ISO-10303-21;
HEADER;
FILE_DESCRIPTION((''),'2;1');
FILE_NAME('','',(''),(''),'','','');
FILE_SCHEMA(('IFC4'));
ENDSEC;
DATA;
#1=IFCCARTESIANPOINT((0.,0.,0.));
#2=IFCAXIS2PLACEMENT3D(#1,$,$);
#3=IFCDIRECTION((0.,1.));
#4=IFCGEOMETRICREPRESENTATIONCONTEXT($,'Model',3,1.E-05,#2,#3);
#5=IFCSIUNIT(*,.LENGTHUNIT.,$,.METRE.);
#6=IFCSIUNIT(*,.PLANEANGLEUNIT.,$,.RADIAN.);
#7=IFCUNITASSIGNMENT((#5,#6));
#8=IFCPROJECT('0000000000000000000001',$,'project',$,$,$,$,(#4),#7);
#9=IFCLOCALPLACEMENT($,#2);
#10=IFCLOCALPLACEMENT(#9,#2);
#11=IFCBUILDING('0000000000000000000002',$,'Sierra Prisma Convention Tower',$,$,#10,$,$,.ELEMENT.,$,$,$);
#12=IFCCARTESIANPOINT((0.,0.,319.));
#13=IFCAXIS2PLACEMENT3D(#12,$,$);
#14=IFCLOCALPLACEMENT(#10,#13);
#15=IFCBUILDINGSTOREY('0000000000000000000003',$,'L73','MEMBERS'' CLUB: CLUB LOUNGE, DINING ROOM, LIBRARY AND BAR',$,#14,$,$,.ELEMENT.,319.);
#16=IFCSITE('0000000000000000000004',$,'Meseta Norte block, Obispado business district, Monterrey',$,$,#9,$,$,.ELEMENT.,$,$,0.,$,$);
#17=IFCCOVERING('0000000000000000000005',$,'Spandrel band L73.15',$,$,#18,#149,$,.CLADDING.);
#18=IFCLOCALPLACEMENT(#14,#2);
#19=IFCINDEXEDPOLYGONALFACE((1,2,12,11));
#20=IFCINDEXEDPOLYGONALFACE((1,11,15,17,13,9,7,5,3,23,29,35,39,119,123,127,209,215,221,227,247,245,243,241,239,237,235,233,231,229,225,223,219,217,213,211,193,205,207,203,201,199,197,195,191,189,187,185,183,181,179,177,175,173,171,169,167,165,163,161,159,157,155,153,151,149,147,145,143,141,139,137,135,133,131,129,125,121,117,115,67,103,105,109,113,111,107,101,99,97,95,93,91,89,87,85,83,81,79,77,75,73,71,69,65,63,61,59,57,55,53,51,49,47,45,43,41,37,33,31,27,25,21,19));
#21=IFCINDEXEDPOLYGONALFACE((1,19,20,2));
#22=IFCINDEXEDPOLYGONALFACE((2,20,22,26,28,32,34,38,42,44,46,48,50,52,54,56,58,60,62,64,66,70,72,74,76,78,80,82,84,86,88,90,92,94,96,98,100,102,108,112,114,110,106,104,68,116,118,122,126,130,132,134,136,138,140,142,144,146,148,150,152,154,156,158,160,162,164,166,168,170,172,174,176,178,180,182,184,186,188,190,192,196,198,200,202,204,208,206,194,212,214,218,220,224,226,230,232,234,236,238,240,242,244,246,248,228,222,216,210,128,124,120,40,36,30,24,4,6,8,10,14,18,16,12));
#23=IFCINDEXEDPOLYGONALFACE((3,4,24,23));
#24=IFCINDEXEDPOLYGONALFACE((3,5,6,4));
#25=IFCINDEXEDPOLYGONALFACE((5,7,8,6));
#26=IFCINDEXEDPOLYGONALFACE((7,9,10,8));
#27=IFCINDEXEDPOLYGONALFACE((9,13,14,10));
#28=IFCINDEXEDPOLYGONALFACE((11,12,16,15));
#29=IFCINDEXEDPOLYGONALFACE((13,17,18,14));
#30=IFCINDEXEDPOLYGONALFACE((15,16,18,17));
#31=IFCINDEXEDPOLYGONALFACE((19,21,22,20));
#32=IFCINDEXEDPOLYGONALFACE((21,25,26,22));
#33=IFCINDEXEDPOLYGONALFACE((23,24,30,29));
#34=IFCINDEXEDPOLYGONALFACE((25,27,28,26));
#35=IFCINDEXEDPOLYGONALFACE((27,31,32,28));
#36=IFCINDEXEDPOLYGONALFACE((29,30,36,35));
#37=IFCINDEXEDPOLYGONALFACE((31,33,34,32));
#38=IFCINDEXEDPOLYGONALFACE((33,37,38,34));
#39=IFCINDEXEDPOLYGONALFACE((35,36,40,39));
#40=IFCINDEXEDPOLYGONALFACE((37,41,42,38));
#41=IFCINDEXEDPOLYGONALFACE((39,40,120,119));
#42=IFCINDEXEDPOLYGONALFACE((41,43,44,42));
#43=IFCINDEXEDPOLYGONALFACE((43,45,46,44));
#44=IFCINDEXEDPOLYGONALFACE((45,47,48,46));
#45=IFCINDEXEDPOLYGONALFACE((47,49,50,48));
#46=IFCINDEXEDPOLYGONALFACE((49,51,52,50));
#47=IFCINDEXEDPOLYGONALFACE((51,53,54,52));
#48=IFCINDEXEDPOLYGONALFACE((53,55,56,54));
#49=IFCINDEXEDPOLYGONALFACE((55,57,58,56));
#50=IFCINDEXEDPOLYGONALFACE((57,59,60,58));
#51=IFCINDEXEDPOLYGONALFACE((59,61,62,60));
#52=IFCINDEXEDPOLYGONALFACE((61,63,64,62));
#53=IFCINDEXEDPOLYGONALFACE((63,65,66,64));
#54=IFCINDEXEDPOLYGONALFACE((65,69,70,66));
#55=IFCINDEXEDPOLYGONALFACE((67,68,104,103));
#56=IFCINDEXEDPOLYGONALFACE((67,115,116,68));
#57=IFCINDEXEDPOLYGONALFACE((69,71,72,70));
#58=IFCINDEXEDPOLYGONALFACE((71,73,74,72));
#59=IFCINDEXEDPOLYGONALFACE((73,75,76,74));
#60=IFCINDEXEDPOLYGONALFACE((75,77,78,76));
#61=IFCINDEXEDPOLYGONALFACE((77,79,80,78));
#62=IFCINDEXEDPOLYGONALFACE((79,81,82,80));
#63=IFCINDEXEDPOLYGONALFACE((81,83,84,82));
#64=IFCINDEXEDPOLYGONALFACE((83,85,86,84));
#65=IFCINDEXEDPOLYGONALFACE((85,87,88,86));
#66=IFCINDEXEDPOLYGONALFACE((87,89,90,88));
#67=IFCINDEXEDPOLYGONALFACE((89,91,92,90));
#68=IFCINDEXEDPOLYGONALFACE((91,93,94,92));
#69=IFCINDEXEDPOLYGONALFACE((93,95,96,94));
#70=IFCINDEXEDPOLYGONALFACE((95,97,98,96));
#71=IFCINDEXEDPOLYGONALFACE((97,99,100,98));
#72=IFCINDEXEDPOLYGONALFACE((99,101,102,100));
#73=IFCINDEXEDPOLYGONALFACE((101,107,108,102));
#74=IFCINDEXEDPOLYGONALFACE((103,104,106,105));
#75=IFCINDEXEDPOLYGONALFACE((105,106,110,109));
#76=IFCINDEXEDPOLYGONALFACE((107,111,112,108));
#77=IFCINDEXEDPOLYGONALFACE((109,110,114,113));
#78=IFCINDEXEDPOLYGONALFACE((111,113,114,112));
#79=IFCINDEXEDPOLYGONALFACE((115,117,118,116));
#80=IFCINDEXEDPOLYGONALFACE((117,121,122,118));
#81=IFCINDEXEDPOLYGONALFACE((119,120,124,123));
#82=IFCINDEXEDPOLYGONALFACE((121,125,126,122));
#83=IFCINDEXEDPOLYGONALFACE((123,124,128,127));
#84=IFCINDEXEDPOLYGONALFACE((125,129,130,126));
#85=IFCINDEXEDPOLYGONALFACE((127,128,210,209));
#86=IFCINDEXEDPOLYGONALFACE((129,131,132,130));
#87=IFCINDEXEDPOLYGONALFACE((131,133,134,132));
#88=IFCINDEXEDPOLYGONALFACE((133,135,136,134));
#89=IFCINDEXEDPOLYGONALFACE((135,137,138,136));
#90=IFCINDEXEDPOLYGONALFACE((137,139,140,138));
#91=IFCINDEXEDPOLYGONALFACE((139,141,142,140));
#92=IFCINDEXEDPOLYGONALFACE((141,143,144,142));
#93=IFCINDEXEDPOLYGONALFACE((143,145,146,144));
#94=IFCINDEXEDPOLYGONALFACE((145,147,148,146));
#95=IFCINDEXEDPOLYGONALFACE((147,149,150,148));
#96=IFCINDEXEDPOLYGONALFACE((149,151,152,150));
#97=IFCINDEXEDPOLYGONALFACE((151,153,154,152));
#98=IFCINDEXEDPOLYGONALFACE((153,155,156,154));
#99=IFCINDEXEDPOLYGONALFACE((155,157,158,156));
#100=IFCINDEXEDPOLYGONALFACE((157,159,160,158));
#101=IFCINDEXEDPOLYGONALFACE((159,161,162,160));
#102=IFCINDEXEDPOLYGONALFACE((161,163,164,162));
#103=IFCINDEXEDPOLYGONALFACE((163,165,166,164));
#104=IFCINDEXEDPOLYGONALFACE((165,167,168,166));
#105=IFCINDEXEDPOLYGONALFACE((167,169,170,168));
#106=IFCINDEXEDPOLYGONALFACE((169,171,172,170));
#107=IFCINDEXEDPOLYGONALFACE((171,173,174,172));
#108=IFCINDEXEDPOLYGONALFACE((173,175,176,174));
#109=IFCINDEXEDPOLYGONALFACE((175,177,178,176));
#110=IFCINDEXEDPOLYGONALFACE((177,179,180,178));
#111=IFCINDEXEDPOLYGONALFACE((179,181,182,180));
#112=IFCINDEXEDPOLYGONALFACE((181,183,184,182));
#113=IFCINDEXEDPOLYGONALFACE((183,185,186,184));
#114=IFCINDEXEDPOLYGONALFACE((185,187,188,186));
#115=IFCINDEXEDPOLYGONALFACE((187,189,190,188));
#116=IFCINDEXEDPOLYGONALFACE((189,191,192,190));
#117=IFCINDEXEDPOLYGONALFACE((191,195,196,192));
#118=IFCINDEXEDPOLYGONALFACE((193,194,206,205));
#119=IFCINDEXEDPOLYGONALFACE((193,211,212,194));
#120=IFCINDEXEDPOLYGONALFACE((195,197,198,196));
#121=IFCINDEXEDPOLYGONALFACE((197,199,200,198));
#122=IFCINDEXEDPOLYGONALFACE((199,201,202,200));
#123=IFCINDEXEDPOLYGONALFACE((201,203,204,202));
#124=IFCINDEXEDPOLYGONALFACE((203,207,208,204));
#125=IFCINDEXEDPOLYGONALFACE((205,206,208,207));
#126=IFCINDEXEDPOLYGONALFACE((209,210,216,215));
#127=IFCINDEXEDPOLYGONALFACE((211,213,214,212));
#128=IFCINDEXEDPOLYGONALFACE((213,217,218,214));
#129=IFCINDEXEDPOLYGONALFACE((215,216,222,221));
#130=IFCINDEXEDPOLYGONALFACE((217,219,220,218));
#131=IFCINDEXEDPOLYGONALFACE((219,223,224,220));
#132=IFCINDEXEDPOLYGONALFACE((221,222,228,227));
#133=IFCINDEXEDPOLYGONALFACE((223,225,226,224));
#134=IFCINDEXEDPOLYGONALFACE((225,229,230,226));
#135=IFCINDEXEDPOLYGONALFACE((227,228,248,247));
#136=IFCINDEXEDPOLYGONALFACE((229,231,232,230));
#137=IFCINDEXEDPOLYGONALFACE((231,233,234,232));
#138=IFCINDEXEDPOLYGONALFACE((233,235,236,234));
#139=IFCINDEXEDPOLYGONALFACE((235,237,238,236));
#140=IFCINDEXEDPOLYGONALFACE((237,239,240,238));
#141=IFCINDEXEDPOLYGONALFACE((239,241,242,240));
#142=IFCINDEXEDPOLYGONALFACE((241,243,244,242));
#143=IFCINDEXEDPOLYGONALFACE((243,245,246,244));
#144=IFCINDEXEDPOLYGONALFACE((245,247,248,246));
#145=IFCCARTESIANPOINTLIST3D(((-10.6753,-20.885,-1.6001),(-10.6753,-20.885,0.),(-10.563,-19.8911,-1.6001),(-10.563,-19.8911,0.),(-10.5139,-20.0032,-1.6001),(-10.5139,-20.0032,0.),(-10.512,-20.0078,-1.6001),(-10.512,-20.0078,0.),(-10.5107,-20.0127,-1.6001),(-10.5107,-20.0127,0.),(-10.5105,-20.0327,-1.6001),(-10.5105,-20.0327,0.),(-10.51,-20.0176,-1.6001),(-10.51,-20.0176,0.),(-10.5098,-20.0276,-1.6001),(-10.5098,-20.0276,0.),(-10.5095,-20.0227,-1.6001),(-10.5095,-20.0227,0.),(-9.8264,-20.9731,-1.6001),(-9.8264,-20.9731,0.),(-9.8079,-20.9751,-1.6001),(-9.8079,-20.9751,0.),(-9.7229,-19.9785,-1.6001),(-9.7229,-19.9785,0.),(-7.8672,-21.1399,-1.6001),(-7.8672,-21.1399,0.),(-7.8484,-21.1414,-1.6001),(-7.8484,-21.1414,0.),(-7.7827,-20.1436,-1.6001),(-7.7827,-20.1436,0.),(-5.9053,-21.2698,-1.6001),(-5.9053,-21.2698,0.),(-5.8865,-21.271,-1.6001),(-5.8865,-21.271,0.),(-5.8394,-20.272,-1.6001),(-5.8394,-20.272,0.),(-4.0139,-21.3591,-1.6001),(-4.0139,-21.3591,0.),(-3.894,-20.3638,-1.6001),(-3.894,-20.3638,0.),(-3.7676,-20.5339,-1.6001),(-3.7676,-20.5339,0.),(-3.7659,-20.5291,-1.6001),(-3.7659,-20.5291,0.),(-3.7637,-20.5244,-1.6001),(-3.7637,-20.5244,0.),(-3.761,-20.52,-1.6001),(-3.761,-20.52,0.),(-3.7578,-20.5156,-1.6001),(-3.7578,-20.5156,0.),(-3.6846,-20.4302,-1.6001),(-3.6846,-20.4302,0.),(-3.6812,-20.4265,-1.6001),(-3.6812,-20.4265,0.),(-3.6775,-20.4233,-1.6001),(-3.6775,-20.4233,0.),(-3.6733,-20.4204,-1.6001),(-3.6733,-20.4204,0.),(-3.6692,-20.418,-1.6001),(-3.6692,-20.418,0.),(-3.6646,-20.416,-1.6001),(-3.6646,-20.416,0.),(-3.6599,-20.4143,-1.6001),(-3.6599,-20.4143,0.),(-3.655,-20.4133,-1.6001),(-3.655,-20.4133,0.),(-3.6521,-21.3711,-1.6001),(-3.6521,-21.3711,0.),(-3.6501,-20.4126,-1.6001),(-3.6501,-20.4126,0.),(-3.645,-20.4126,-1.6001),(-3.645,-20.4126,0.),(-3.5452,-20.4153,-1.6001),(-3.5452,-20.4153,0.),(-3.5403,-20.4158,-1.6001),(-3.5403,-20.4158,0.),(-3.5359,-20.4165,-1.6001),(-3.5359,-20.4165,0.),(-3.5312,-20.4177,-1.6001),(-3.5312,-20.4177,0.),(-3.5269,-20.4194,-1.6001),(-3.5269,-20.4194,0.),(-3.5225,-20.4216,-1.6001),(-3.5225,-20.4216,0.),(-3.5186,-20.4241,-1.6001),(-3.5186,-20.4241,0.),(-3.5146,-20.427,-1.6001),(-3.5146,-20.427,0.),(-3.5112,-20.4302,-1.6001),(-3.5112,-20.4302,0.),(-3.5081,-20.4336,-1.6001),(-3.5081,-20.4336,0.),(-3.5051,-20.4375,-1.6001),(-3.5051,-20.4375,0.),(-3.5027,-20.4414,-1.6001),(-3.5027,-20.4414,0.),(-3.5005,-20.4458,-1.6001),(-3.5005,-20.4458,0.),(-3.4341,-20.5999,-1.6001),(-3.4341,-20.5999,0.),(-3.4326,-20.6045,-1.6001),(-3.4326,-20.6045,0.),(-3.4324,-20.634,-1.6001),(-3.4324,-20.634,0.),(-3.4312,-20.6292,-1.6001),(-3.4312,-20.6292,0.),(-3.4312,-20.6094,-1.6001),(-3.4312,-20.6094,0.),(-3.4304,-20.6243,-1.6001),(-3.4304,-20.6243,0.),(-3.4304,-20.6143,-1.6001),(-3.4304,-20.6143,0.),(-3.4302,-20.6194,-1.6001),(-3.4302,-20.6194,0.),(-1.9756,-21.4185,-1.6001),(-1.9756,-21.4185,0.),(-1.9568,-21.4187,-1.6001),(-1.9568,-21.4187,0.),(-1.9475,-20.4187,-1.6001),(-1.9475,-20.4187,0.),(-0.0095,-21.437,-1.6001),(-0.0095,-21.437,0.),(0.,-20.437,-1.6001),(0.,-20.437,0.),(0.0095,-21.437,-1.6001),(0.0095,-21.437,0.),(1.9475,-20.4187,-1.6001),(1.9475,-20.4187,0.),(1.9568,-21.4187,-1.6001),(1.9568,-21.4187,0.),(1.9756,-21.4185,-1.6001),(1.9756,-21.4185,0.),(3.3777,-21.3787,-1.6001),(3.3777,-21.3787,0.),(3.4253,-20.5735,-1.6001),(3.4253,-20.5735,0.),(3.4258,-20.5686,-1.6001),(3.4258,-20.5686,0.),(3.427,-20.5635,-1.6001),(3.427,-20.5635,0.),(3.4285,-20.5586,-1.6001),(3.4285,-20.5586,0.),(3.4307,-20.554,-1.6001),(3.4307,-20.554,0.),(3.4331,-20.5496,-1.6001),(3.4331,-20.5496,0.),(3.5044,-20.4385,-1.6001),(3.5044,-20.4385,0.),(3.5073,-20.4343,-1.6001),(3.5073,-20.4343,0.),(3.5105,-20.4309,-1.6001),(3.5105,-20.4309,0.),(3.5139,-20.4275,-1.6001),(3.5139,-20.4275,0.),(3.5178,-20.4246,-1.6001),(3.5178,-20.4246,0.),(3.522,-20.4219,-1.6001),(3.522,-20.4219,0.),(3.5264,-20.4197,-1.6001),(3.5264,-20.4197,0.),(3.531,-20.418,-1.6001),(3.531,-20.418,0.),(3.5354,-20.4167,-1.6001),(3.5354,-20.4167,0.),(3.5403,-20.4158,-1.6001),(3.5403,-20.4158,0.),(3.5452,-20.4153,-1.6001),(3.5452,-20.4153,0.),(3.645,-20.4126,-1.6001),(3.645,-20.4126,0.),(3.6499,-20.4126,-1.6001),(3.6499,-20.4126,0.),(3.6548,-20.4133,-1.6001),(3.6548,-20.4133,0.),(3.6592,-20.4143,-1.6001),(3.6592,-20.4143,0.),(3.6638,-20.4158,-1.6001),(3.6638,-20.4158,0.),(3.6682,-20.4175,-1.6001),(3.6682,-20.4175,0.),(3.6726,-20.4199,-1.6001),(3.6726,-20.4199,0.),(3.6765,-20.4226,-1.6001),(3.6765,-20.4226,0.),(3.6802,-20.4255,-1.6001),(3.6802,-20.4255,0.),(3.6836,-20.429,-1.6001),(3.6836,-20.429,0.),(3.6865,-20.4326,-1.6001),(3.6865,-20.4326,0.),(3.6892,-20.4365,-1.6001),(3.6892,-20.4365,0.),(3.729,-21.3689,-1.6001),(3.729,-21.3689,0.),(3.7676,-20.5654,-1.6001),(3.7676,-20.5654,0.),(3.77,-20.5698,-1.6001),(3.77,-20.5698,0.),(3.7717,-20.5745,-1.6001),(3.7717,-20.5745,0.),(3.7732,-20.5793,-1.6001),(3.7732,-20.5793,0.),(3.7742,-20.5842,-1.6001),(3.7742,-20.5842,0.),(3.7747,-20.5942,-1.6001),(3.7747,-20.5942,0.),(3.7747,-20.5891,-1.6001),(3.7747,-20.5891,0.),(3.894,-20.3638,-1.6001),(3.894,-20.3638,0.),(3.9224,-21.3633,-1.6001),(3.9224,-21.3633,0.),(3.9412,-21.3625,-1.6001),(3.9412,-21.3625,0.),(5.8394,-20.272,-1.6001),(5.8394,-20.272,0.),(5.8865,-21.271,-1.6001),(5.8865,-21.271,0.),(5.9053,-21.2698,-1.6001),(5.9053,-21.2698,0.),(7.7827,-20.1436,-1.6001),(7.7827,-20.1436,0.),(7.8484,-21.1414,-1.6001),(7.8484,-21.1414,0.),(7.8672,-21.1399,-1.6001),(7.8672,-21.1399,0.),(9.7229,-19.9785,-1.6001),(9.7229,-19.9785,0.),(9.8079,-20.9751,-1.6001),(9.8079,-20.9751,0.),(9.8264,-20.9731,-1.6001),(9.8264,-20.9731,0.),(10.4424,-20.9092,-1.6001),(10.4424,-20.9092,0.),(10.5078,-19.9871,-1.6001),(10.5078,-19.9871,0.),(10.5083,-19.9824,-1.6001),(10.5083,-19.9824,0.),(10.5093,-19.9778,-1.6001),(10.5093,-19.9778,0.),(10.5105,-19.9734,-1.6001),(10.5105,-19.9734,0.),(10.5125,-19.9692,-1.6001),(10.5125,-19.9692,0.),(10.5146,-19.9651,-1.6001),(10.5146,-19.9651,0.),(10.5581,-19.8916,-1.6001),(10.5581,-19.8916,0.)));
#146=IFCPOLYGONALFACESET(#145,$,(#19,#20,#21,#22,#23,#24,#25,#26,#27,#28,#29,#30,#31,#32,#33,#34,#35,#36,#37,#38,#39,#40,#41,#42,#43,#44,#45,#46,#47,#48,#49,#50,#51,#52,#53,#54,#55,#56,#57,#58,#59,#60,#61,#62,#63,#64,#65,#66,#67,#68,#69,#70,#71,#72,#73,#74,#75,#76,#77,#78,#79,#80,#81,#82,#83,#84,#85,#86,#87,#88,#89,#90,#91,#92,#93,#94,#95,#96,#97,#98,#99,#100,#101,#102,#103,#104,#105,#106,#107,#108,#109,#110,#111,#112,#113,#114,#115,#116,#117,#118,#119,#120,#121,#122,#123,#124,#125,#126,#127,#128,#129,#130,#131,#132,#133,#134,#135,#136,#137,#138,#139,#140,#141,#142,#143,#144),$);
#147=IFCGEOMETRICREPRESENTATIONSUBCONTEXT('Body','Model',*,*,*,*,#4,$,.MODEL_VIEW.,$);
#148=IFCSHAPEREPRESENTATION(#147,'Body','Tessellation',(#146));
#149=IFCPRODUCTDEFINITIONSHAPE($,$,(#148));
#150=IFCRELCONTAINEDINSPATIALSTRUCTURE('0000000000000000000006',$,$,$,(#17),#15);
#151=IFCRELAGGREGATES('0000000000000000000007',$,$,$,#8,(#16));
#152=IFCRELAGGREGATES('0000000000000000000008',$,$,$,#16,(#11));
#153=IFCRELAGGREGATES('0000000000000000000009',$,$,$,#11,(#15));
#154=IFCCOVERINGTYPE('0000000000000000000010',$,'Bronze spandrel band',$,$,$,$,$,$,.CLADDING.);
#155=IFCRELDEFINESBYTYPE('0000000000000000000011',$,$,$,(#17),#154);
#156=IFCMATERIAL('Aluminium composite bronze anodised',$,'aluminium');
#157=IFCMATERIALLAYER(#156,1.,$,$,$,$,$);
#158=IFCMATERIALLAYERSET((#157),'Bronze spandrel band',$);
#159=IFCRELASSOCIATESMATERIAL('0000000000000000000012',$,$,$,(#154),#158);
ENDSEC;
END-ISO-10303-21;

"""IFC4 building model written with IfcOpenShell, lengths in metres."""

from ifc_helpers import new_model, si_unit, direction, frame, origin, place, context, subcontext, project, spatial, polyline, outline, extrude, material, layer, layer_set, type_object, element, save


model = new_model("IFC4")

# Units and contexts
model_context = context("Model", 3, precision=1e-05, world=origin(), true_north=direction((0.0, 1.0)))
body_context = subcontext(model_context, "Body", "Model", "MODEL_VIEW")
ifc_project = project(units=[si_unit("LENGTHUNIT", "METRE"), si_unit("PLANEANGLEUNIT", "RADIAN")], contexts=[model_context])

# Site, building, storey
site_placement = place(None, origin())
site = spatial("IfcSite", under=ifc_project, at=site_placement, Name="Meseta Norte block, Obispado business district, Monterrey", CompositionType="ELEMENT", RefElevation=0.0)
building_placement = place(site_placement, origin())
building = spatial("IfcBuilding", under=site, at=building_placement, Name="Sierra Prisma Convention Tower", CompositionType="ELEMENT")
storey_placement = place(building_placement, frame((0.0, 0.0, 319.0)))
storey = spatial("IfcBuildingStorey", under=building, at=storey_placement, Name="L73", Description="MEMBERS' CLUB: CLUB LOUNGE, DINING ROOM, LIBRARY AND BAR", CompositionType="ELEMENT", Elevation=319.0)

# Covering
ifc_material_1 = material(Name="Aluminium composite bronze anodised", Category="aluminium")
ifc_layer_1 = layer(ifc_material_1, 1.0)
ifc_layer_set_1 = layer_set([ifc_layer_1], Name="Bronze spandrel band")
covering_type_1 = type_object("IfcCoveringType", Name="Bronze spandrel band", PredefinedType="CLADDING", material=ifc_layer_set_1)
covering_1_placement = place(storey_placement, frame((0.0, 0.0, -1.6001)))
element("IfcCovering", 1, at=covering_1_placement, inside=storey, type_object=covering_type_1, Name="Spandrel band L73.15", PredefinedType="CLADDING", context=body_context, shape_type="SweptSolid", body=[
    extrude(outline(polyline([(3.7676, -20.5654), (3.6892, -20.4365), (3.6865, -20.4326), (3.6836, -20.429), (3.6802, -20.4255), (3.6765, -20.4226), (3.6726, -20.4199), (3.6682, -20.4175), (3.6638, -20.4158), (3.6592, -20.4143), (3.6548, -20.4133), (3.6499, -20.4126), (3.645, -20.4126), (3.5452, -20.4153), (3.5403, -20.4158), (3.5354, -20.4167), (3.531, -20.418), (3.5264, -20.4197), (3.522, -20.4219), (3.5178, -20.4246), (3.5139, -20.4275), (3.5105, -20.4309), (3.5073, -20.4343), (3.5044, -20.4385), (3.4331, -20.5496), (3.4307, -20.554), (3.4285, -20.5586), (3.427, -20.5635), (3.4258, -20.5686), (3.4253, -20.5735), (3.3777, -21.3787), (1.9756, -21.4185), (1.9568, -21.4187), (0.0095, -21.437), (-0.0095, -21.437), (-1.9568, -21.4187), (-1.9756, -21.4185), (-3.6521, -21.3711), (-3.4324, -20.634), (-3.4312, -20.6292), (-3.4304, -20.6243), (-3.4302, -20.6194), (-3.4304, -20.6143), (-3.4312, -20.6094), (-3.4326, -20.6045), (-3.4341, -20.5999), (-3.5005, -20.4458), (-3.5027, -20.4414), (-3.5051, -20.4375), (-3.5081, -20.4336), (-3.5112, -20.4302), (-3.5146, -20.427), (-3.5186, -20.4241), (-3.5225, -20.4216), (-3.5269, -20.4194), (-3.5312, -20.4177), (-3.5359, -20.4165), (-3.5403, -20.4158), (-3.5452, -20.4153), (-3.645, -20.4126), (-3.6501, -20.4126), (-3.655, -20.4133), (-3.6599, -20.4143), (-3.6646, -20.416), (-3.6692, -20.418), (-3.6733, -20.4204), (-3.6775, -20.4233), (-3.6812, -20.4265), (-3.6846, -20.4302), (-3.7578, -20.5156), (-3.761, -20.52), (-3.7637, -20.5244), (-3.7659, -20.5291), (-3.7676, -20.5339), (-4.0139, -21.3591), (-5.8865, -21.271), (-5.9053, -21.2698), (-7.8484, -21.1414), (-7.8672, -21.1399), (-9.8079, -20.9751), (-9.8264, -20.9731), (-10.6753, -20.885), (-10.5105, -20.0327), (-10.5098, -20.0276), (-10.5095, -20.0227), (-10.51, -20.0176), (-10.5107, -20.0127), (-10.512, -20.0078), (-10.5139, -20.0032), (-10.563, -19.8911), (-9.7229, -19.9785), (-7.7827, -20.1436), (-5.8394, -20.272), (-3.894, -20.3638), (-1.9475, -20.4187), (0.0, -20.437), (1.9475, -20.4187), (3.894, -20.3638), (5.8394, -20.272), (7.7827, -20.1436), (9.7229, -19.9785), (10.5581, -19.8916), (10.5146, -19.9651), (10.5125, -19.9692), (10.5105, -19.9734), (10.5093, -19.9778), (10.5083, -19.9824), (10.5078, -19.9871), (10.4424, -20.9092), (9.8264, -20.9731), (9.8079, -20.9751), (7.8672, -21.1399), (7.8484, -21.1414), (5.9053, -21.2698), (5.8865, -21.271), (3.9412, -21.3625), (3.9224, -21.3633), (3.729, -21.3689), (3.7747, -20.5942), (3.7747, -20.5891), (3.7742, -20.5842), (3.7732, -20.5793), (3.7717, -20.5745), (3.77, -20.5698), (3.7676, -20.5654)])), origin(), (0.0, 0.0, 1.0), 1.6001),
])

save(model, "model.ifc")
